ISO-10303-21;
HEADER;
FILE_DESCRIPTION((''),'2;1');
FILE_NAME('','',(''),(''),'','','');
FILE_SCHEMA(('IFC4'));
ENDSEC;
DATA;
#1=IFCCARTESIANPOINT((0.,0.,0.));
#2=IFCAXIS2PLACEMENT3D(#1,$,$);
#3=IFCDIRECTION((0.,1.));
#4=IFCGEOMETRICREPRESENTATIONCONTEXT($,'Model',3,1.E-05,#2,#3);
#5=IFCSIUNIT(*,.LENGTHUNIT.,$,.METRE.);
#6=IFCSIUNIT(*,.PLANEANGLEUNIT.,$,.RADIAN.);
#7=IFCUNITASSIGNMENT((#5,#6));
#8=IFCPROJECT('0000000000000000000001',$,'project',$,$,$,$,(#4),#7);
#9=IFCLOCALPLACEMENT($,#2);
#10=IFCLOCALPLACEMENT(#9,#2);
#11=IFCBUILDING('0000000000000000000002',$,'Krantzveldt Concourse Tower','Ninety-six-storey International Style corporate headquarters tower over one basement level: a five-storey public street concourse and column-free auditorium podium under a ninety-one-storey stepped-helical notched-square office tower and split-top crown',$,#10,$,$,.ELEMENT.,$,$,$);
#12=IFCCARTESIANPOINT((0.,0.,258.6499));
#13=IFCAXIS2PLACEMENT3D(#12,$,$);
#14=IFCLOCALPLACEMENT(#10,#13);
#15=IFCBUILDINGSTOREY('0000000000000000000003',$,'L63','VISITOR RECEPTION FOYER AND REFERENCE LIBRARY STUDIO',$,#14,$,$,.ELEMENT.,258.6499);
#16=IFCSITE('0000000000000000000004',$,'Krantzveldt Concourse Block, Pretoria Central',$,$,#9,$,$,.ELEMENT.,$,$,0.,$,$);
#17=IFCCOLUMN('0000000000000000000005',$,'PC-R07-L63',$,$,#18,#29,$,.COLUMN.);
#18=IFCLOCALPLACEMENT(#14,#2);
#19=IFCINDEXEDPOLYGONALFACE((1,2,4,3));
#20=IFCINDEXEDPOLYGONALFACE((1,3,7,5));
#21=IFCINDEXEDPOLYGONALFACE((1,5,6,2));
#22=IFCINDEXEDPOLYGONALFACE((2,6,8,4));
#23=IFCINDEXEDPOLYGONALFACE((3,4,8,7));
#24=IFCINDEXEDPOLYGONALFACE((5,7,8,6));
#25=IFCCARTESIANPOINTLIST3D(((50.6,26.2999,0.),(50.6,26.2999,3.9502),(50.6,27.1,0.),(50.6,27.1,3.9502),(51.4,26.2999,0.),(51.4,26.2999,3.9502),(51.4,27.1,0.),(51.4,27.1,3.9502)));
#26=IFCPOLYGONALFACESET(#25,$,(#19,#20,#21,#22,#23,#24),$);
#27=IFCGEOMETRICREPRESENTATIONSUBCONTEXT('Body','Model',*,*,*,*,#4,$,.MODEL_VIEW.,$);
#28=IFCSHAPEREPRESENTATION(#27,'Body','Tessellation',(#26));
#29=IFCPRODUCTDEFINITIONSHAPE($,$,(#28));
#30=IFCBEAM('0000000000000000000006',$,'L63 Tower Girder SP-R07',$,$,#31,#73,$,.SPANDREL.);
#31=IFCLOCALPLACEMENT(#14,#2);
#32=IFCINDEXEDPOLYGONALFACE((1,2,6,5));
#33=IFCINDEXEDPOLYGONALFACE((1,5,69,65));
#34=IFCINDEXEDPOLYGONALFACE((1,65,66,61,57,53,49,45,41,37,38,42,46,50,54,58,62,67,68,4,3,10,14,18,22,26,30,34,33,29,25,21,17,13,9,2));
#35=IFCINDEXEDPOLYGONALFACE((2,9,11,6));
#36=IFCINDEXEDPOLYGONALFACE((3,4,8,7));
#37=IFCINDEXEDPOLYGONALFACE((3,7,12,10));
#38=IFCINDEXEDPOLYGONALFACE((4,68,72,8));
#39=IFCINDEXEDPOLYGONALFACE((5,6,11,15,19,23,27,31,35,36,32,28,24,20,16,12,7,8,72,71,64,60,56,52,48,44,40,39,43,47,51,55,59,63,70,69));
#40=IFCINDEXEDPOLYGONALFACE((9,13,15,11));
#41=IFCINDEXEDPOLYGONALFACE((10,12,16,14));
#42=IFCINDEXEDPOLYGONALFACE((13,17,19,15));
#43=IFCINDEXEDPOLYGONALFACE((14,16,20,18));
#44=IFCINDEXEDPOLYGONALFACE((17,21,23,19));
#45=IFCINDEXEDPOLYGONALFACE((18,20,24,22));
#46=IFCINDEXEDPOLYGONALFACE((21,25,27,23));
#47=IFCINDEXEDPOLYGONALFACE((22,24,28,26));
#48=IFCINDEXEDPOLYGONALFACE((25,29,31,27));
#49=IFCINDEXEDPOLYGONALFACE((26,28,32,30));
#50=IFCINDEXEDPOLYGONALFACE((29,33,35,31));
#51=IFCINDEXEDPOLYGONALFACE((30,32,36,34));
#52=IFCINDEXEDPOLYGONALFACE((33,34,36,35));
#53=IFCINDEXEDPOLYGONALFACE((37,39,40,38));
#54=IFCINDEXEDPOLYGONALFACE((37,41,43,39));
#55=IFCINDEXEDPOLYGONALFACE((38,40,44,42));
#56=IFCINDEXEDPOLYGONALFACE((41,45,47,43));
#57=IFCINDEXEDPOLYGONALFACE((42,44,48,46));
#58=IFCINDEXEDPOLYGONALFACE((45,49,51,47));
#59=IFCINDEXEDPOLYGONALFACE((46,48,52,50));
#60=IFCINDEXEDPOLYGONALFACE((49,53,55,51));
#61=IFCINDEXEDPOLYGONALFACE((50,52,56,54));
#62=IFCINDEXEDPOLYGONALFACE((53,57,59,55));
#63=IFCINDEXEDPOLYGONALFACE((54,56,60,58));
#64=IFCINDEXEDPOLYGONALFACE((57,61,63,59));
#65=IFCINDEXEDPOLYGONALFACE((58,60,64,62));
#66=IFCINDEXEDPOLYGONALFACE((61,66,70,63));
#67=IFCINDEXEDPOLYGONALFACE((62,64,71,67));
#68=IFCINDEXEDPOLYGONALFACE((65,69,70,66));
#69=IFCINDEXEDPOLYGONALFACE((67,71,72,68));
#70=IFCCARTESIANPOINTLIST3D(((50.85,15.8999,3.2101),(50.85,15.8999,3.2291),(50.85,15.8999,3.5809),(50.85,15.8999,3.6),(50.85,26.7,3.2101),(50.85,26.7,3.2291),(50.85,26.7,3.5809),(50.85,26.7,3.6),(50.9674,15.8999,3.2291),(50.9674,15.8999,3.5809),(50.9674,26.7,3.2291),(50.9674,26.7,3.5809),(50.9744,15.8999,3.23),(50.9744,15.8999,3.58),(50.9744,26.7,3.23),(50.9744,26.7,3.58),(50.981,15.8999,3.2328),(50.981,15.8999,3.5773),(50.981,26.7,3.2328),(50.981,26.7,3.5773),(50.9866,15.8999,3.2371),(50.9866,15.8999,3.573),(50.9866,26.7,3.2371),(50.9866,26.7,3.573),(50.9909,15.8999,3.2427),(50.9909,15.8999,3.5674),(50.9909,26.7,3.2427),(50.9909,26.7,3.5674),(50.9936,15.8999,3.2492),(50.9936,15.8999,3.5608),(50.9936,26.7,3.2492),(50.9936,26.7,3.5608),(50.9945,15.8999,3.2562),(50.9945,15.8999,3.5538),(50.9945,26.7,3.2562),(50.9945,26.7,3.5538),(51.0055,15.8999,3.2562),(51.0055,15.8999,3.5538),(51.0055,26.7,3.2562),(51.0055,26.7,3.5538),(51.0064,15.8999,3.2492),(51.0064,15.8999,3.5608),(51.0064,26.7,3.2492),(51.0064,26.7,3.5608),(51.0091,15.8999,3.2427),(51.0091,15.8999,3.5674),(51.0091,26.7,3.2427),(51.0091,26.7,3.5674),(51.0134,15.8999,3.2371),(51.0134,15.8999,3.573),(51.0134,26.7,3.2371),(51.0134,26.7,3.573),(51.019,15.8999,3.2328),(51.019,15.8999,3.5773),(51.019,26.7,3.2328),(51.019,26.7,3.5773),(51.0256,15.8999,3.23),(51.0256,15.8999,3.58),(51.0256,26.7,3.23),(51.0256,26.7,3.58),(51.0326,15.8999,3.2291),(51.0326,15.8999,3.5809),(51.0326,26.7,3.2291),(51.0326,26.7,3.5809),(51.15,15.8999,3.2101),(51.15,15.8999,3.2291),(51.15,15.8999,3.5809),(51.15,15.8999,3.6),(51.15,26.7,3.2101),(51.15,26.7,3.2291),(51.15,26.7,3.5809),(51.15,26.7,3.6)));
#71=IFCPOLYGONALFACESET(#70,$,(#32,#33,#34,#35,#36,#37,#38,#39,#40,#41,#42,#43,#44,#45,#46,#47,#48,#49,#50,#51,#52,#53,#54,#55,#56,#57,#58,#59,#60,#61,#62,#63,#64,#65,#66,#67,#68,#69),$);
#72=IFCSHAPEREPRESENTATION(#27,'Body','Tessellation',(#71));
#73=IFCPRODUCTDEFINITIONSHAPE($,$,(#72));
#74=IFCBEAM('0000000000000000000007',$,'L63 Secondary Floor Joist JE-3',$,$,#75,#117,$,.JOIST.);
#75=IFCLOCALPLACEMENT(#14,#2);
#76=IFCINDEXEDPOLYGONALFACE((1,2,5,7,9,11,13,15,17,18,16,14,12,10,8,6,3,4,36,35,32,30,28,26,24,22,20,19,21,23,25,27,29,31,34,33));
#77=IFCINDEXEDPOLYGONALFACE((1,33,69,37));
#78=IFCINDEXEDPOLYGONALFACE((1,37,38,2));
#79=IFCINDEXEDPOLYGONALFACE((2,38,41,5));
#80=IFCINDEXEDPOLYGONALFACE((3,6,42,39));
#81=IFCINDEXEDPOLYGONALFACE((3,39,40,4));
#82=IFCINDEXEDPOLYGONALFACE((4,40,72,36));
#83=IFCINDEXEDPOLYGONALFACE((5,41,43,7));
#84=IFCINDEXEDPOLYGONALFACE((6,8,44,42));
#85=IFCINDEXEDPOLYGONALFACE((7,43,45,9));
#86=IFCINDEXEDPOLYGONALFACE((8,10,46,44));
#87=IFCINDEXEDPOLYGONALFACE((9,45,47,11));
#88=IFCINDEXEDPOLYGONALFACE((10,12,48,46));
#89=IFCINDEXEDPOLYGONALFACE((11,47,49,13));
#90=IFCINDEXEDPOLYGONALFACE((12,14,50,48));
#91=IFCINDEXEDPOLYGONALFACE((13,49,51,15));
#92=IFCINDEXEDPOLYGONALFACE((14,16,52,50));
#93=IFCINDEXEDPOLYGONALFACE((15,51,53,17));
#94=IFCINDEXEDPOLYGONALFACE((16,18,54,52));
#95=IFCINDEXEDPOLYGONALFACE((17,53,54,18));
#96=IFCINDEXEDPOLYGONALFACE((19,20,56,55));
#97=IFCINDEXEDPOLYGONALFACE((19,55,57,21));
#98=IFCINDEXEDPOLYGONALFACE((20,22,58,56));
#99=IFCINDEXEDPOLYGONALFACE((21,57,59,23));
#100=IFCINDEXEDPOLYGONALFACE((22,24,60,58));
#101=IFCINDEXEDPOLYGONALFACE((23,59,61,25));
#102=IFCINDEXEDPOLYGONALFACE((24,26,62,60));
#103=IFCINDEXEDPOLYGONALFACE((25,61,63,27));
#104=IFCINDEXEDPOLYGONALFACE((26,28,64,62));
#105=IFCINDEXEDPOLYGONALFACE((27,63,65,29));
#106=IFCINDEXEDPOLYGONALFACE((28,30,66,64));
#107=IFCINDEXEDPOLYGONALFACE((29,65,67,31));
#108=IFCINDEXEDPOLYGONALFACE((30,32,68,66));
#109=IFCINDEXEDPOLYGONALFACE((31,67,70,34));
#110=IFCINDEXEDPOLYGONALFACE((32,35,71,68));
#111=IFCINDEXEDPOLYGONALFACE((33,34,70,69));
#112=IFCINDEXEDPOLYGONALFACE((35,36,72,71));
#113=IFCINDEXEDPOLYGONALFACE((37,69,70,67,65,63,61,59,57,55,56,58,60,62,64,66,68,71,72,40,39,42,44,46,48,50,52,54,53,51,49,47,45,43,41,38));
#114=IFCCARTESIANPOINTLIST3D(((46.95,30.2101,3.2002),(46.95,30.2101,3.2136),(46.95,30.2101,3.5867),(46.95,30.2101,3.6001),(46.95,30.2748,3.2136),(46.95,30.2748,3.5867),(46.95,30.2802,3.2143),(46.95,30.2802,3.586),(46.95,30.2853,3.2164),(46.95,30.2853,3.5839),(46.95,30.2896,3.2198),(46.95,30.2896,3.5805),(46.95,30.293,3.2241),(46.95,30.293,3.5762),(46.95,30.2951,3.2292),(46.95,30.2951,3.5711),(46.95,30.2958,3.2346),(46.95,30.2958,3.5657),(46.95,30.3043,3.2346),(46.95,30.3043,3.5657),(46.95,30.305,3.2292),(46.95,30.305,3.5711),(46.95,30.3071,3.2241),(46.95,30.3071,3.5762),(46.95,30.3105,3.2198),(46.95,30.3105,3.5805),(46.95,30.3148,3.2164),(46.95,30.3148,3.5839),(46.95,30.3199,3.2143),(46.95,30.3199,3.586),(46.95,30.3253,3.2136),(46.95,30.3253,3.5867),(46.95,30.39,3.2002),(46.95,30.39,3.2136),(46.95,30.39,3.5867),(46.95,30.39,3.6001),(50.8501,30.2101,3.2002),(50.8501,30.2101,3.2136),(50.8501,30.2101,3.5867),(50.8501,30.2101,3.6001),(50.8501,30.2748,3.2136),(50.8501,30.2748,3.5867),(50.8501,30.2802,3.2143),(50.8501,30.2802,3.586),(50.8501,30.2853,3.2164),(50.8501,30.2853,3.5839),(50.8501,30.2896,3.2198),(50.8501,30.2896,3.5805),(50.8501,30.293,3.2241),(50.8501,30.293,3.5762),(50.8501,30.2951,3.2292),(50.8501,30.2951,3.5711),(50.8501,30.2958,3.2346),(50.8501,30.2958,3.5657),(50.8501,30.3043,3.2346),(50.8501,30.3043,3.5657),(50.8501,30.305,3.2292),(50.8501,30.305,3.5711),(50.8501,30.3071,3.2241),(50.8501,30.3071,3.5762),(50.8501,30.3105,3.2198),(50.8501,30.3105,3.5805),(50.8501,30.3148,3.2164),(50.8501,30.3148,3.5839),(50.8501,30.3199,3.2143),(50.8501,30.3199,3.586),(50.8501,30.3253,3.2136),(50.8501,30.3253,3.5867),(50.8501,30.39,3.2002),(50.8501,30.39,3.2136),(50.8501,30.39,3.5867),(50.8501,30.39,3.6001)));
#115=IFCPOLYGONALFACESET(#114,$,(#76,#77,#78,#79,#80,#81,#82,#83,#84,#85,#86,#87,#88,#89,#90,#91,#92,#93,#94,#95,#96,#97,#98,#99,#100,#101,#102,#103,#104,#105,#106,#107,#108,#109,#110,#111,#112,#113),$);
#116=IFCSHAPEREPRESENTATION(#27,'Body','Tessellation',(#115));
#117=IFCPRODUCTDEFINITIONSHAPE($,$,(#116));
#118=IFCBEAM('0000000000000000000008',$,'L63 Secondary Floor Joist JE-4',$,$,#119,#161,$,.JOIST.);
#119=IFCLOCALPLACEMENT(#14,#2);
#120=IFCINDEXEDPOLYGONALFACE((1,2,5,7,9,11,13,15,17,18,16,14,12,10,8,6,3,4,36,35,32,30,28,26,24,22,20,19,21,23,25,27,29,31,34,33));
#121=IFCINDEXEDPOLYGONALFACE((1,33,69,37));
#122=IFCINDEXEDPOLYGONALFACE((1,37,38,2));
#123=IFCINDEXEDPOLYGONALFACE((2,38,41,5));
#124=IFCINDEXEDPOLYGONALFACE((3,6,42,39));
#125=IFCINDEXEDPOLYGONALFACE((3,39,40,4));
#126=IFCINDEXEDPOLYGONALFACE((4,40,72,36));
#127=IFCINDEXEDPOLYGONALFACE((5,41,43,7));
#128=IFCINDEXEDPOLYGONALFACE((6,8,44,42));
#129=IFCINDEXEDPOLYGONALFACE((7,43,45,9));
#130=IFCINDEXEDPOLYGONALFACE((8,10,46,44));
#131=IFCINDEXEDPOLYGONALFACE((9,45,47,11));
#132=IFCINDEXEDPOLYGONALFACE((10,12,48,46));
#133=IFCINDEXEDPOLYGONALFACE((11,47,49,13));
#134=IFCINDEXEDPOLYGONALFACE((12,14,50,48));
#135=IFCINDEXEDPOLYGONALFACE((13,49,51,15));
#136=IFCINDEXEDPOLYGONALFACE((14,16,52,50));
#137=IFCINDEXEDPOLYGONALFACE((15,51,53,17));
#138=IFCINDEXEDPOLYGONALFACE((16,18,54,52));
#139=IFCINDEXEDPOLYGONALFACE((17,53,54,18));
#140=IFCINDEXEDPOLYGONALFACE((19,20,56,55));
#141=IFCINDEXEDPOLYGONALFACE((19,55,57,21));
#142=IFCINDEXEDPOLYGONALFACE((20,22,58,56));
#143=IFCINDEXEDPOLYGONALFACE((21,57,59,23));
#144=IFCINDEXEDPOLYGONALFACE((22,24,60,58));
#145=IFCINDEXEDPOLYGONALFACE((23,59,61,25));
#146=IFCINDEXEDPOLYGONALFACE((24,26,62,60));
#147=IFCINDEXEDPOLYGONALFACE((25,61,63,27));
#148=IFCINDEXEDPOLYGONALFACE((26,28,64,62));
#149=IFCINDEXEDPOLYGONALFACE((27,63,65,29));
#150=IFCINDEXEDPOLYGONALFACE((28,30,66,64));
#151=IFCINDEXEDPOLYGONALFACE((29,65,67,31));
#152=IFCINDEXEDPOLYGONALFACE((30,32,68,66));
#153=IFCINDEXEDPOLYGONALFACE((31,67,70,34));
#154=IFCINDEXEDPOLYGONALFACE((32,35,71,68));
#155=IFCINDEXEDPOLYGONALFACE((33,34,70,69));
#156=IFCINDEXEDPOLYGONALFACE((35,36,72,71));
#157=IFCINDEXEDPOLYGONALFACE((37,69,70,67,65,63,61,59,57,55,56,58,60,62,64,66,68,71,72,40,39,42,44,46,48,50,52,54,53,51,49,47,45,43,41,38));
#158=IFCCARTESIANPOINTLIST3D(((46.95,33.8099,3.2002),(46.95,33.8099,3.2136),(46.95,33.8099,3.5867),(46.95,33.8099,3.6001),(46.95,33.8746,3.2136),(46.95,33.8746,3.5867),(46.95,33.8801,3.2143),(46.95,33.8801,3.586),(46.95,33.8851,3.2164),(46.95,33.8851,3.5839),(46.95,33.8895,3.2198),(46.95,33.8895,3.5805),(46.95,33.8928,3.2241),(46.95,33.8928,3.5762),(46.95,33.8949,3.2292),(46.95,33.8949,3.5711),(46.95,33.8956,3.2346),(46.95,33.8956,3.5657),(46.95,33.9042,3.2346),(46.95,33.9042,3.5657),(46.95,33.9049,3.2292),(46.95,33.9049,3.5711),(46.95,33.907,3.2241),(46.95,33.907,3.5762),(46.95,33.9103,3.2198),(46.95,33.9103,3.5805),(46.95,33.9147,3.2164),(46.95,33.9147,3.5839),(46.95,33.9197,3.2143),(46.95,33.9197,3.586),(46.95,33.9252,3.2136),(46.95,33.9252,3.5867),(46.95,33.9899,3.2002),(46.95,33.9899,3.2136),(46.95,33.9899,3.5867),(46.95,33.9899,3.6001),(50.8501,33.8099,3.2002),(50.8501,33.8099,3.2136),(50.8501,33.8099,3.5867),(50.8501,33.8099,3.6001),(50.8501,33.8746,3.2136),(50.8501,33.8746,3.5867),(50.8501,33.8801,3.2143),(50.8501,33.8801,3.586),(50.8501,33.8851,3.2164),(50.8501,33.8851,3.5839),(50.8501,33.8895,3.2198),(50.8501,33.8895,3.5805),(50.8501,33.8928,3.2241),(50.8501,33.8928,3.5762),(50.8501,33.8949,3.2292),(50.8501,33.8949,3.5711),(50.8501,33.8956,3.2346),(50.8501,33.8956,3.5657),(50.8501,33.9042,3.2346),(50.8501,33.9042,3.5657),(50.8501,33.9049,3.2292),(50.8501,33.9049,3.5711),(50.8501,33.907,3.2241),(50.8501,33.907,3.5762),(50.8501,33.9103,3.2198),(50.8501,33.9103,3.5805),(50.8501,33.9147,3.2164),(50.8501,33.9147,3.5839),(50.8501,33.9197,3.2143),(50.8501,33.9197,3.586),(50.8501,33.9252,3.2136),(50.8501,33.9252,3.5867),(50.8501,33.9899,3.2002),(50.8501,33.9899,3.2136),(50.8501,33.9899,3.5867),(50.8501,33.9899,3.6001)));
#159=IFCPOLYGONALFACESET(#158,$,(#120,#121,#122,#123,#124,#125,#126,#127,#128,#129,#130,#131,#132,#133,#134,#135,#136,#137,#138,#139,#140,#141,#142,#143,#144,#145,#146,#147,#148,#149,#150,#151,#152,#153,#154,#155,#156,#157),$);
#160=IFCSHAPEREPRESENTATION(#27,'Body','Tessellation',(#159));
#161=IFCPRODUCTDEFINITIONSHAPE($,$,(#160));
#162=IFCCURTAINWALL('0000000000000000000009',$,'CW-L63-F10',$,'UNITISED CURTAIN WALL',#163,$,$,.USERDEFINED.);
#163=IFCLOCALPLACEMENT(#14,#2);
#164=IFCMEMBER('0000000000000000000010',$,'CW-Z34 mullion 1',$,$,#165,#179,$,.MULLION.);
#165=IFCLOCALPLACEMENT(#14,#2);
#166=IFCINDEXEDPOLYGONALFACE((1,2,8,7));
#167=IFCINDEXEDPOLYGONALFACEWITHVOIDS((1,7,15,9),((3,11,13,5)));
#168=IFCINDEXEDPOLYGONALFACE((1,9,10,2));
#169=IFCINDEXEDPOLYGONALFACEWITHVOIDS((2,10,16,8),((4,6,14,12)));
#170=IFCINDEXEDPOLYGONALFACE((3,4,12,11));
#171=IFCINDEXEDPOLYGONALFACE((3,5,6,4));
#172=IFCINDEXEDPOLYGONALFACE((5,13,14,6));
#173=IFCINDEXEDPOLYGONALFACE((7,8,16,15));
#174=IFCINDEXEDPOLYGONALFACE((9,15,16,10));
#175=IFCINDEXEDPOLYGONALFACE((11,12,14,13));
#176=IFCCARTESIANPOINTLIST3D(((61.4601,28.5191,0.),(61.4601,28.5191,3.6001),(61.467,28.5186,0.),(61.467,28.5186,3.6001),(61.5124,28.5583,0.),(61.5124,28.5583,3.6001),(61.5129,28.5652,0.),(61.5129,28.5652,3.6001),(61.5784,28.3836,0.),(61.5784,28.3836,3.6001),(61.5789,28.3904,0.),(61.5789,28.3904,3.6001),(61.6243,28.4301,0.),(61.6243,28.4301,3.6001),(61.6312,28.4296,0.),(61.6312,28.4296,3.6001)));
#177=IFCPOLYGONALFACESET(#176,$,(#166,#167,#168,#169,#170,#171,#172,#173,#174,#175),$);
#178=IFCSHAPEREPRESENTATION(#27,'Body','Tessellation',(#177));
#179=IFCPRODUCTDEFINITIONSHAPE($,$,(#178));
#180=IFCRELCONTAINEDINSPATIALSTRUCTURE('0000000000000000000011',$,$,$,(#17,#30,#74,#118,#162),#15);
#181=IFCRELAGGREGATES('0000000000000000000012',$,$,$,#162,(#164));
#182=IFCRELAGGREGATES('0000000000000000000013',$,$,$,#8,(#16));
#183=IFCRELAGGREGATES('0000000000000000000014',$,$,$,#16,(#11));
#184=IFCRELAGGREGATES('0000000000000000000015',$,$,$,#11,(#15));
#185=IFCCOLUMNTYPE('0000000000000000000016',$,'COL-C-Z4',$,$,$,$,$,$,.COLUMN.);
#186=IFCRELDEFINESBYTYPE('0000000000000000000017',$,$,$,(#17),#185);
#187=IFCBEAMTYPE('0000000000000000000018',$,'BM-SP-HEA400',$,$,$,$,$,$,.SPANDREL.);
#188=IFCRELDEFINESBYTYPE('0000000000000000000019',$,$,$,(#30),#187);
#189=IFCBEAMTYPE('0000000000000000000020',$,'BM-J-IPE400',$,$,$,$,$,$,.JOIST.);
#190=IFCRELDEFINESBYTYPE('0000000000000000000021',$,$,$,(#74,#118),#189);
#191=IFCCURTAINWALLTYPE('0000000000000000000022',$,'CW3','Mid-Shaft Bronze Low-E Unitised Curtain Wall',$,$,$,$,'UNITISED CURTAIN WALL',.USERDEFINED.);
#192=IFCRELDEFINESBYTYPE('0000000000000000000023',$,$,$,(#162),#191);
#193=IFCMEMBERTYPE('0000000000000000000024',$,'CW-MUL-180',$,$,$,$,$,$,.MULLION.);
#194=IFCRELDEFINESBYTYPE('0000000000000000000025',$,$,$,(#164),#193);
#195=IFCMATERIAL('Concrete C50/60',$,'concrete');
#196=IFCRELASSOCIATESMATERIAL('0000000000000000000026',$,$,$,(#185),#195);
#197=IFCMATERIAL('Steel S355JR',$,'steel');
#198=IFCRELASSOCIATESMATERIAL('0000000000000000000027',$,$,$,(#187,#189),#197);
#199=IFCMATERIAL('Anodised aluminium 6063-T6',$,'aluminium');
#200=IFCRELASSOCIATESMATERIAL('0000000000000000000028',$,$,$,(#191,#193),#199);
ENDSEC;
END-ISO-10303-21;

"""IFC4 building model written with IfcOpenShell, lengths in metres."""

from ifc_helpers import new_model, si_unit, direction, frame, origin, origin_2d, place, context, subcontext, project, spatial, rectangle, hollow_rectangle, i_section, extrude, source, transform, mapped, material, material_profile, profile_set, type_object, type_shapes, element, aggregate, save


model = new_model("IFC4")

# Units and contexts
model_context = context("Model", 3, precision=1e-05, world=origin(), true_north=direction((0.0, 1.0)))
body_context = subcontext(model_context, "Body", "Model", "MODEL_VIEW")
ifc_project = project(units=[si_unit("LENGTHUNIT", "METRE"), si_unit("PLANEANGLEUNIT", "RADIAN")], contexts=[model_context])

# Site, building, storey
site_placement = place(None, origin())
site = spatial("IfcSite", under=ifc_project, at=site_placement, Name="Krantzveldt Concourse Block, Pretoria Central", CompositionType="ELEMENT", RefElevation=0.0)
building_placement = place(site_placement, origin())
building = spatial("IfcBuilding", under=site, at=building_placement, Name="Krantzveldt Concourse Tower", Description="Ninety-six-storey International Style corporate headquarters tower over one basement level: a five-storey public street concourse and column-free auditorium podium under a ninety-one-storey stepped-helical notched-square office tower and split-top crown", CompositionType="ELEMENT")
storey_placement = place(building_placement, frame((0.0, 0.0, 258.6499)))
storey = spatial("IfcBuildingStorey", under=building, at=storey_placement, Name="L63", Description="VISITOR RECEPTION FOYER AND REFERENCE LIBRARY STUDIO", CompositionType="ELEMENT", Elevation=258.6499)

# Column
ifc_material_1 = material(Name="Concrete C50/60", Category="concrete")
ifc_material_profile_1 = material_profile(ifc_material_1, rectangle(XDim=0.8, YDim=0.8, at=origin_2d()), Name="Concrete C50/60", Category="concrete")
ifc_profile_set_1 = profile_set([ifc_material_profile_1], Name="Concrete C50/60 - RC 800x800")
column_type = type_object("IfcColumnType", Name="COL-C-Z4", PredefinedType="COLUMN", material=ifc_profile_set_1)
shared_shape_1 = source(origin(), body_context, "Body", "SweptSolid", [
    extrude(rectangle(XDim=0.8, YDim=0.8, at=origin_2d()), origin(), (0.0, 0.0, 1.0), 3.9502),
])
type_shapes(column_type, [shared_shape_1])
column_placement = place(storey_placement, frame((51.0, 26.7, 0.0), z_axis=(0.0, 0.0, 1.0), x_axis=(1.0, 0.0, 0.0)))
element("IfcColumn", 1, at=column_placement, inside=storey, type_object=column_type, Name="PC-R07-L63", PredefinedType="COLUMN", context=body_context, shape_type="MappedRepresentation", body=[
    mapped(shared_shape_1, transform((0.0, 0.0, 0.0), x_axis=(1.0, 0.0, 0.0), y_axis=(0.0, 1.0, 0.0), z_axis=(0.0, 0.0, 1.0), scale=1.0)),
])

# Beams
ifc_material_2 = material(Name="Steel S355JR", Category="steel")
ifc_material_profile_2 = material_profile(ifc_material_2, i_section(OverallWidth=0.3, OverallDepth=0.3899, WebThickness=0.011, FlangeThickness=0.019, FilletRadius=0.0271, at=origin_2d()), Name="Steel S355JR", Category="steel")
ifc_profile_set_2 = profile_set([ifc_material_profile_2], Name="Steel S355JR - HEA 400")
beam_type_1 = type_object("IfcBeamType", Name="BM-SP-HEA400", PredefinedType="SPANDREL", material=ifc_profile_set_2)
shared_shape_2 = source(origin(), body_context, "Body", "SweptSolid", [
    extrude(i_section(OverallWidth=0.3, OverallDepth=0.3899, WebThickness=0.011, FlangeThickness=0.019, FilletRadius=0.0271, at=origin_2d()), origin(), (0.0, 0.0, 1.0), 10.8),
])
type_shapes(beam_type_1, [shared_shape_2])
beam_placement = place(storey_placement, frame((51.0, 26.7, 3.405), z_axis=(0.0, -1.0, 0.0), x_axis=(1.0, 0.0, 0.0)))
element("IfcBeam", 2, at=beam_placement, inside=storey, type_object=beam_type_1, Name="L63 Tower Girder SP-R07", PredefinedType="SPANDREL", context=body_context, shape_type="MappedRepresentation", body=[
    mapped(shared_shape_2, transform((0.0, 0.0, 0.0), x_axis=(1.0, 0.0, 0.0), y_axis=(0.0, 1.0, 0.0), z_axis=(0.0, 0.0, 1.0), scale=1.0)),
])
ifc_material_profile_3 = material_profile(ifc_material_2, i_section(OverallWidth=0.1799, OverallDepth=0.3999, WebThickness=0.0085, FlangeThickness=0.0134, FilletRadius=0.021, at=origin_2d()), Name="Steel S355JR", Category="steel")
ifc_profile_set_3 = profile_set([ifc_material_profile_3], Name="Steel S355JR - IPE 400")
beam_type_2 = type_object("IfcBeamType", Name="BM-J-IPE400", PredefinedType="JOIST", material=ifc_profile_set_3)
shared_shape_3 = source(origin(), body_context, "Body", "SweptSolid", [
    extrude(i_section(OverallWidth=0.1799, OverallDepth=0.3999, WebThickness=0.0085, FlangeThickness=0.0134, FilletRadius=0.021, at=origin_2d()), origin(), (0.0, 0.0, 1.0), 3.9001),
])
type_shapes(beam_type_2, [shared_shape_3])
for number, where, z_axis, x_axis, name in (
    (3, (46.95, 30.3, 3.4001), (1.0, 0.0, 0.0), (0.0, 1.0, 0.0), "L63 Secondary Floor Joist JE-3"),
    (4, (46.95, 33.8999, 3.4001), (1.0, 0.0, 0.0), (0.0, 1.0, 0.0), "L63 Secondary Floor Joist JE-4"),
):
    element("IfcBeam", number, at=place(storey_placement, frame(where, z_axis=z_axis, x_axis=x_axis)), inside=storey, type_object=beam_type_2, Name=name, PredefinedType="JOIST", context=body_context, shape_type="MappedRepresentation", body=[
        mapped(shared_shape_3, transform((0.0, 0.0, 0.0), x_axis=(1.0, 0.0, 0.0), y_axis=(0.0, 1.0, 0.0), z_axis=(0.0, 0.0, 1.0), scale=1.0)),
    ])

# Curtain wall, member
ifc_material_3 = material(Name="Anodised aluminium 6063-T6", Category="aluminium")
curtain_wall_type = type_object("IfcCurtainWallType", Name="CW3", Description="Mid-Shaft Bronze Low-E Unitised Curtain Wall", ElementType="UNITISED CURTAIN WALL", PredefinedType="USERDEFINED", material=ifc_material_3)
curtain_wall_placement = place(storey_placement, origin())
curtain_wall = element("IfcCurtainWall", 5, at=curtain_wall_placement, inside=storey, type_object=curtain_wall_type, Name="CW-L63-F10", ObjectType="UNITISED CURTAIN WALL", PredefinedType="USERDEFINED")
ifc_material_profile_4 = material_profile(ifc_material_3, hollow_rectangle(XDim=0.0701, YDim=0.1799, WallThickness=0.0049, at=origin_2d()), Name="Anodised aluminium 6063-T6", Category="aluminium")
ifc_profile_set_4 = profile_set([ifc_material_profile_4], Name="Anodised aluminium 6063-T6 - ALU-MULL 180x70x5")
member_type_1 = type_object("IfcMemberType", Name="CW-MUL-180", PredefinedType="MULLION", material=ifc_profile_set_4)
shared_shape_4 = source(origin(), body_context, "Body", "SweptSolid", [
    extrude(hollow_rectangle(XDim=0.0701, YDim=0.1799, WallThickness=0.0049, at=origin_2d()), origin(), (0.0, 0.0, 1.0), 3.6001),
])
type_shapes(member_type_1, [shared_shape_4])
member_1_placement = place(storey_placement, frame((61.5457, 28.4744, 0.0), z_axis=(0.0, 0.0, 1.0), x_axis=(-0.753277, -0.657704, 0.0)))
member_1 = element("IfcMember", 6, at=member_1_placement, type_object=member_type_1, Name="CW-Z34 mullion 1", PredefinedType="MULLION", context=body_context, shape_type="MappedRepresentation", body=[
    mapped(shared_shape_4, transform((0.0, 0.0, 0.0), x_axis=(1.0, 0.0, 0.0), y_axis=(0.0, 1.0, 0.0), z_axis=(0.0, 0.0, 1.0), scale=1.0)),
])
aggregate(curtain_wall, [member_1])

save(model, "model.ifc")
